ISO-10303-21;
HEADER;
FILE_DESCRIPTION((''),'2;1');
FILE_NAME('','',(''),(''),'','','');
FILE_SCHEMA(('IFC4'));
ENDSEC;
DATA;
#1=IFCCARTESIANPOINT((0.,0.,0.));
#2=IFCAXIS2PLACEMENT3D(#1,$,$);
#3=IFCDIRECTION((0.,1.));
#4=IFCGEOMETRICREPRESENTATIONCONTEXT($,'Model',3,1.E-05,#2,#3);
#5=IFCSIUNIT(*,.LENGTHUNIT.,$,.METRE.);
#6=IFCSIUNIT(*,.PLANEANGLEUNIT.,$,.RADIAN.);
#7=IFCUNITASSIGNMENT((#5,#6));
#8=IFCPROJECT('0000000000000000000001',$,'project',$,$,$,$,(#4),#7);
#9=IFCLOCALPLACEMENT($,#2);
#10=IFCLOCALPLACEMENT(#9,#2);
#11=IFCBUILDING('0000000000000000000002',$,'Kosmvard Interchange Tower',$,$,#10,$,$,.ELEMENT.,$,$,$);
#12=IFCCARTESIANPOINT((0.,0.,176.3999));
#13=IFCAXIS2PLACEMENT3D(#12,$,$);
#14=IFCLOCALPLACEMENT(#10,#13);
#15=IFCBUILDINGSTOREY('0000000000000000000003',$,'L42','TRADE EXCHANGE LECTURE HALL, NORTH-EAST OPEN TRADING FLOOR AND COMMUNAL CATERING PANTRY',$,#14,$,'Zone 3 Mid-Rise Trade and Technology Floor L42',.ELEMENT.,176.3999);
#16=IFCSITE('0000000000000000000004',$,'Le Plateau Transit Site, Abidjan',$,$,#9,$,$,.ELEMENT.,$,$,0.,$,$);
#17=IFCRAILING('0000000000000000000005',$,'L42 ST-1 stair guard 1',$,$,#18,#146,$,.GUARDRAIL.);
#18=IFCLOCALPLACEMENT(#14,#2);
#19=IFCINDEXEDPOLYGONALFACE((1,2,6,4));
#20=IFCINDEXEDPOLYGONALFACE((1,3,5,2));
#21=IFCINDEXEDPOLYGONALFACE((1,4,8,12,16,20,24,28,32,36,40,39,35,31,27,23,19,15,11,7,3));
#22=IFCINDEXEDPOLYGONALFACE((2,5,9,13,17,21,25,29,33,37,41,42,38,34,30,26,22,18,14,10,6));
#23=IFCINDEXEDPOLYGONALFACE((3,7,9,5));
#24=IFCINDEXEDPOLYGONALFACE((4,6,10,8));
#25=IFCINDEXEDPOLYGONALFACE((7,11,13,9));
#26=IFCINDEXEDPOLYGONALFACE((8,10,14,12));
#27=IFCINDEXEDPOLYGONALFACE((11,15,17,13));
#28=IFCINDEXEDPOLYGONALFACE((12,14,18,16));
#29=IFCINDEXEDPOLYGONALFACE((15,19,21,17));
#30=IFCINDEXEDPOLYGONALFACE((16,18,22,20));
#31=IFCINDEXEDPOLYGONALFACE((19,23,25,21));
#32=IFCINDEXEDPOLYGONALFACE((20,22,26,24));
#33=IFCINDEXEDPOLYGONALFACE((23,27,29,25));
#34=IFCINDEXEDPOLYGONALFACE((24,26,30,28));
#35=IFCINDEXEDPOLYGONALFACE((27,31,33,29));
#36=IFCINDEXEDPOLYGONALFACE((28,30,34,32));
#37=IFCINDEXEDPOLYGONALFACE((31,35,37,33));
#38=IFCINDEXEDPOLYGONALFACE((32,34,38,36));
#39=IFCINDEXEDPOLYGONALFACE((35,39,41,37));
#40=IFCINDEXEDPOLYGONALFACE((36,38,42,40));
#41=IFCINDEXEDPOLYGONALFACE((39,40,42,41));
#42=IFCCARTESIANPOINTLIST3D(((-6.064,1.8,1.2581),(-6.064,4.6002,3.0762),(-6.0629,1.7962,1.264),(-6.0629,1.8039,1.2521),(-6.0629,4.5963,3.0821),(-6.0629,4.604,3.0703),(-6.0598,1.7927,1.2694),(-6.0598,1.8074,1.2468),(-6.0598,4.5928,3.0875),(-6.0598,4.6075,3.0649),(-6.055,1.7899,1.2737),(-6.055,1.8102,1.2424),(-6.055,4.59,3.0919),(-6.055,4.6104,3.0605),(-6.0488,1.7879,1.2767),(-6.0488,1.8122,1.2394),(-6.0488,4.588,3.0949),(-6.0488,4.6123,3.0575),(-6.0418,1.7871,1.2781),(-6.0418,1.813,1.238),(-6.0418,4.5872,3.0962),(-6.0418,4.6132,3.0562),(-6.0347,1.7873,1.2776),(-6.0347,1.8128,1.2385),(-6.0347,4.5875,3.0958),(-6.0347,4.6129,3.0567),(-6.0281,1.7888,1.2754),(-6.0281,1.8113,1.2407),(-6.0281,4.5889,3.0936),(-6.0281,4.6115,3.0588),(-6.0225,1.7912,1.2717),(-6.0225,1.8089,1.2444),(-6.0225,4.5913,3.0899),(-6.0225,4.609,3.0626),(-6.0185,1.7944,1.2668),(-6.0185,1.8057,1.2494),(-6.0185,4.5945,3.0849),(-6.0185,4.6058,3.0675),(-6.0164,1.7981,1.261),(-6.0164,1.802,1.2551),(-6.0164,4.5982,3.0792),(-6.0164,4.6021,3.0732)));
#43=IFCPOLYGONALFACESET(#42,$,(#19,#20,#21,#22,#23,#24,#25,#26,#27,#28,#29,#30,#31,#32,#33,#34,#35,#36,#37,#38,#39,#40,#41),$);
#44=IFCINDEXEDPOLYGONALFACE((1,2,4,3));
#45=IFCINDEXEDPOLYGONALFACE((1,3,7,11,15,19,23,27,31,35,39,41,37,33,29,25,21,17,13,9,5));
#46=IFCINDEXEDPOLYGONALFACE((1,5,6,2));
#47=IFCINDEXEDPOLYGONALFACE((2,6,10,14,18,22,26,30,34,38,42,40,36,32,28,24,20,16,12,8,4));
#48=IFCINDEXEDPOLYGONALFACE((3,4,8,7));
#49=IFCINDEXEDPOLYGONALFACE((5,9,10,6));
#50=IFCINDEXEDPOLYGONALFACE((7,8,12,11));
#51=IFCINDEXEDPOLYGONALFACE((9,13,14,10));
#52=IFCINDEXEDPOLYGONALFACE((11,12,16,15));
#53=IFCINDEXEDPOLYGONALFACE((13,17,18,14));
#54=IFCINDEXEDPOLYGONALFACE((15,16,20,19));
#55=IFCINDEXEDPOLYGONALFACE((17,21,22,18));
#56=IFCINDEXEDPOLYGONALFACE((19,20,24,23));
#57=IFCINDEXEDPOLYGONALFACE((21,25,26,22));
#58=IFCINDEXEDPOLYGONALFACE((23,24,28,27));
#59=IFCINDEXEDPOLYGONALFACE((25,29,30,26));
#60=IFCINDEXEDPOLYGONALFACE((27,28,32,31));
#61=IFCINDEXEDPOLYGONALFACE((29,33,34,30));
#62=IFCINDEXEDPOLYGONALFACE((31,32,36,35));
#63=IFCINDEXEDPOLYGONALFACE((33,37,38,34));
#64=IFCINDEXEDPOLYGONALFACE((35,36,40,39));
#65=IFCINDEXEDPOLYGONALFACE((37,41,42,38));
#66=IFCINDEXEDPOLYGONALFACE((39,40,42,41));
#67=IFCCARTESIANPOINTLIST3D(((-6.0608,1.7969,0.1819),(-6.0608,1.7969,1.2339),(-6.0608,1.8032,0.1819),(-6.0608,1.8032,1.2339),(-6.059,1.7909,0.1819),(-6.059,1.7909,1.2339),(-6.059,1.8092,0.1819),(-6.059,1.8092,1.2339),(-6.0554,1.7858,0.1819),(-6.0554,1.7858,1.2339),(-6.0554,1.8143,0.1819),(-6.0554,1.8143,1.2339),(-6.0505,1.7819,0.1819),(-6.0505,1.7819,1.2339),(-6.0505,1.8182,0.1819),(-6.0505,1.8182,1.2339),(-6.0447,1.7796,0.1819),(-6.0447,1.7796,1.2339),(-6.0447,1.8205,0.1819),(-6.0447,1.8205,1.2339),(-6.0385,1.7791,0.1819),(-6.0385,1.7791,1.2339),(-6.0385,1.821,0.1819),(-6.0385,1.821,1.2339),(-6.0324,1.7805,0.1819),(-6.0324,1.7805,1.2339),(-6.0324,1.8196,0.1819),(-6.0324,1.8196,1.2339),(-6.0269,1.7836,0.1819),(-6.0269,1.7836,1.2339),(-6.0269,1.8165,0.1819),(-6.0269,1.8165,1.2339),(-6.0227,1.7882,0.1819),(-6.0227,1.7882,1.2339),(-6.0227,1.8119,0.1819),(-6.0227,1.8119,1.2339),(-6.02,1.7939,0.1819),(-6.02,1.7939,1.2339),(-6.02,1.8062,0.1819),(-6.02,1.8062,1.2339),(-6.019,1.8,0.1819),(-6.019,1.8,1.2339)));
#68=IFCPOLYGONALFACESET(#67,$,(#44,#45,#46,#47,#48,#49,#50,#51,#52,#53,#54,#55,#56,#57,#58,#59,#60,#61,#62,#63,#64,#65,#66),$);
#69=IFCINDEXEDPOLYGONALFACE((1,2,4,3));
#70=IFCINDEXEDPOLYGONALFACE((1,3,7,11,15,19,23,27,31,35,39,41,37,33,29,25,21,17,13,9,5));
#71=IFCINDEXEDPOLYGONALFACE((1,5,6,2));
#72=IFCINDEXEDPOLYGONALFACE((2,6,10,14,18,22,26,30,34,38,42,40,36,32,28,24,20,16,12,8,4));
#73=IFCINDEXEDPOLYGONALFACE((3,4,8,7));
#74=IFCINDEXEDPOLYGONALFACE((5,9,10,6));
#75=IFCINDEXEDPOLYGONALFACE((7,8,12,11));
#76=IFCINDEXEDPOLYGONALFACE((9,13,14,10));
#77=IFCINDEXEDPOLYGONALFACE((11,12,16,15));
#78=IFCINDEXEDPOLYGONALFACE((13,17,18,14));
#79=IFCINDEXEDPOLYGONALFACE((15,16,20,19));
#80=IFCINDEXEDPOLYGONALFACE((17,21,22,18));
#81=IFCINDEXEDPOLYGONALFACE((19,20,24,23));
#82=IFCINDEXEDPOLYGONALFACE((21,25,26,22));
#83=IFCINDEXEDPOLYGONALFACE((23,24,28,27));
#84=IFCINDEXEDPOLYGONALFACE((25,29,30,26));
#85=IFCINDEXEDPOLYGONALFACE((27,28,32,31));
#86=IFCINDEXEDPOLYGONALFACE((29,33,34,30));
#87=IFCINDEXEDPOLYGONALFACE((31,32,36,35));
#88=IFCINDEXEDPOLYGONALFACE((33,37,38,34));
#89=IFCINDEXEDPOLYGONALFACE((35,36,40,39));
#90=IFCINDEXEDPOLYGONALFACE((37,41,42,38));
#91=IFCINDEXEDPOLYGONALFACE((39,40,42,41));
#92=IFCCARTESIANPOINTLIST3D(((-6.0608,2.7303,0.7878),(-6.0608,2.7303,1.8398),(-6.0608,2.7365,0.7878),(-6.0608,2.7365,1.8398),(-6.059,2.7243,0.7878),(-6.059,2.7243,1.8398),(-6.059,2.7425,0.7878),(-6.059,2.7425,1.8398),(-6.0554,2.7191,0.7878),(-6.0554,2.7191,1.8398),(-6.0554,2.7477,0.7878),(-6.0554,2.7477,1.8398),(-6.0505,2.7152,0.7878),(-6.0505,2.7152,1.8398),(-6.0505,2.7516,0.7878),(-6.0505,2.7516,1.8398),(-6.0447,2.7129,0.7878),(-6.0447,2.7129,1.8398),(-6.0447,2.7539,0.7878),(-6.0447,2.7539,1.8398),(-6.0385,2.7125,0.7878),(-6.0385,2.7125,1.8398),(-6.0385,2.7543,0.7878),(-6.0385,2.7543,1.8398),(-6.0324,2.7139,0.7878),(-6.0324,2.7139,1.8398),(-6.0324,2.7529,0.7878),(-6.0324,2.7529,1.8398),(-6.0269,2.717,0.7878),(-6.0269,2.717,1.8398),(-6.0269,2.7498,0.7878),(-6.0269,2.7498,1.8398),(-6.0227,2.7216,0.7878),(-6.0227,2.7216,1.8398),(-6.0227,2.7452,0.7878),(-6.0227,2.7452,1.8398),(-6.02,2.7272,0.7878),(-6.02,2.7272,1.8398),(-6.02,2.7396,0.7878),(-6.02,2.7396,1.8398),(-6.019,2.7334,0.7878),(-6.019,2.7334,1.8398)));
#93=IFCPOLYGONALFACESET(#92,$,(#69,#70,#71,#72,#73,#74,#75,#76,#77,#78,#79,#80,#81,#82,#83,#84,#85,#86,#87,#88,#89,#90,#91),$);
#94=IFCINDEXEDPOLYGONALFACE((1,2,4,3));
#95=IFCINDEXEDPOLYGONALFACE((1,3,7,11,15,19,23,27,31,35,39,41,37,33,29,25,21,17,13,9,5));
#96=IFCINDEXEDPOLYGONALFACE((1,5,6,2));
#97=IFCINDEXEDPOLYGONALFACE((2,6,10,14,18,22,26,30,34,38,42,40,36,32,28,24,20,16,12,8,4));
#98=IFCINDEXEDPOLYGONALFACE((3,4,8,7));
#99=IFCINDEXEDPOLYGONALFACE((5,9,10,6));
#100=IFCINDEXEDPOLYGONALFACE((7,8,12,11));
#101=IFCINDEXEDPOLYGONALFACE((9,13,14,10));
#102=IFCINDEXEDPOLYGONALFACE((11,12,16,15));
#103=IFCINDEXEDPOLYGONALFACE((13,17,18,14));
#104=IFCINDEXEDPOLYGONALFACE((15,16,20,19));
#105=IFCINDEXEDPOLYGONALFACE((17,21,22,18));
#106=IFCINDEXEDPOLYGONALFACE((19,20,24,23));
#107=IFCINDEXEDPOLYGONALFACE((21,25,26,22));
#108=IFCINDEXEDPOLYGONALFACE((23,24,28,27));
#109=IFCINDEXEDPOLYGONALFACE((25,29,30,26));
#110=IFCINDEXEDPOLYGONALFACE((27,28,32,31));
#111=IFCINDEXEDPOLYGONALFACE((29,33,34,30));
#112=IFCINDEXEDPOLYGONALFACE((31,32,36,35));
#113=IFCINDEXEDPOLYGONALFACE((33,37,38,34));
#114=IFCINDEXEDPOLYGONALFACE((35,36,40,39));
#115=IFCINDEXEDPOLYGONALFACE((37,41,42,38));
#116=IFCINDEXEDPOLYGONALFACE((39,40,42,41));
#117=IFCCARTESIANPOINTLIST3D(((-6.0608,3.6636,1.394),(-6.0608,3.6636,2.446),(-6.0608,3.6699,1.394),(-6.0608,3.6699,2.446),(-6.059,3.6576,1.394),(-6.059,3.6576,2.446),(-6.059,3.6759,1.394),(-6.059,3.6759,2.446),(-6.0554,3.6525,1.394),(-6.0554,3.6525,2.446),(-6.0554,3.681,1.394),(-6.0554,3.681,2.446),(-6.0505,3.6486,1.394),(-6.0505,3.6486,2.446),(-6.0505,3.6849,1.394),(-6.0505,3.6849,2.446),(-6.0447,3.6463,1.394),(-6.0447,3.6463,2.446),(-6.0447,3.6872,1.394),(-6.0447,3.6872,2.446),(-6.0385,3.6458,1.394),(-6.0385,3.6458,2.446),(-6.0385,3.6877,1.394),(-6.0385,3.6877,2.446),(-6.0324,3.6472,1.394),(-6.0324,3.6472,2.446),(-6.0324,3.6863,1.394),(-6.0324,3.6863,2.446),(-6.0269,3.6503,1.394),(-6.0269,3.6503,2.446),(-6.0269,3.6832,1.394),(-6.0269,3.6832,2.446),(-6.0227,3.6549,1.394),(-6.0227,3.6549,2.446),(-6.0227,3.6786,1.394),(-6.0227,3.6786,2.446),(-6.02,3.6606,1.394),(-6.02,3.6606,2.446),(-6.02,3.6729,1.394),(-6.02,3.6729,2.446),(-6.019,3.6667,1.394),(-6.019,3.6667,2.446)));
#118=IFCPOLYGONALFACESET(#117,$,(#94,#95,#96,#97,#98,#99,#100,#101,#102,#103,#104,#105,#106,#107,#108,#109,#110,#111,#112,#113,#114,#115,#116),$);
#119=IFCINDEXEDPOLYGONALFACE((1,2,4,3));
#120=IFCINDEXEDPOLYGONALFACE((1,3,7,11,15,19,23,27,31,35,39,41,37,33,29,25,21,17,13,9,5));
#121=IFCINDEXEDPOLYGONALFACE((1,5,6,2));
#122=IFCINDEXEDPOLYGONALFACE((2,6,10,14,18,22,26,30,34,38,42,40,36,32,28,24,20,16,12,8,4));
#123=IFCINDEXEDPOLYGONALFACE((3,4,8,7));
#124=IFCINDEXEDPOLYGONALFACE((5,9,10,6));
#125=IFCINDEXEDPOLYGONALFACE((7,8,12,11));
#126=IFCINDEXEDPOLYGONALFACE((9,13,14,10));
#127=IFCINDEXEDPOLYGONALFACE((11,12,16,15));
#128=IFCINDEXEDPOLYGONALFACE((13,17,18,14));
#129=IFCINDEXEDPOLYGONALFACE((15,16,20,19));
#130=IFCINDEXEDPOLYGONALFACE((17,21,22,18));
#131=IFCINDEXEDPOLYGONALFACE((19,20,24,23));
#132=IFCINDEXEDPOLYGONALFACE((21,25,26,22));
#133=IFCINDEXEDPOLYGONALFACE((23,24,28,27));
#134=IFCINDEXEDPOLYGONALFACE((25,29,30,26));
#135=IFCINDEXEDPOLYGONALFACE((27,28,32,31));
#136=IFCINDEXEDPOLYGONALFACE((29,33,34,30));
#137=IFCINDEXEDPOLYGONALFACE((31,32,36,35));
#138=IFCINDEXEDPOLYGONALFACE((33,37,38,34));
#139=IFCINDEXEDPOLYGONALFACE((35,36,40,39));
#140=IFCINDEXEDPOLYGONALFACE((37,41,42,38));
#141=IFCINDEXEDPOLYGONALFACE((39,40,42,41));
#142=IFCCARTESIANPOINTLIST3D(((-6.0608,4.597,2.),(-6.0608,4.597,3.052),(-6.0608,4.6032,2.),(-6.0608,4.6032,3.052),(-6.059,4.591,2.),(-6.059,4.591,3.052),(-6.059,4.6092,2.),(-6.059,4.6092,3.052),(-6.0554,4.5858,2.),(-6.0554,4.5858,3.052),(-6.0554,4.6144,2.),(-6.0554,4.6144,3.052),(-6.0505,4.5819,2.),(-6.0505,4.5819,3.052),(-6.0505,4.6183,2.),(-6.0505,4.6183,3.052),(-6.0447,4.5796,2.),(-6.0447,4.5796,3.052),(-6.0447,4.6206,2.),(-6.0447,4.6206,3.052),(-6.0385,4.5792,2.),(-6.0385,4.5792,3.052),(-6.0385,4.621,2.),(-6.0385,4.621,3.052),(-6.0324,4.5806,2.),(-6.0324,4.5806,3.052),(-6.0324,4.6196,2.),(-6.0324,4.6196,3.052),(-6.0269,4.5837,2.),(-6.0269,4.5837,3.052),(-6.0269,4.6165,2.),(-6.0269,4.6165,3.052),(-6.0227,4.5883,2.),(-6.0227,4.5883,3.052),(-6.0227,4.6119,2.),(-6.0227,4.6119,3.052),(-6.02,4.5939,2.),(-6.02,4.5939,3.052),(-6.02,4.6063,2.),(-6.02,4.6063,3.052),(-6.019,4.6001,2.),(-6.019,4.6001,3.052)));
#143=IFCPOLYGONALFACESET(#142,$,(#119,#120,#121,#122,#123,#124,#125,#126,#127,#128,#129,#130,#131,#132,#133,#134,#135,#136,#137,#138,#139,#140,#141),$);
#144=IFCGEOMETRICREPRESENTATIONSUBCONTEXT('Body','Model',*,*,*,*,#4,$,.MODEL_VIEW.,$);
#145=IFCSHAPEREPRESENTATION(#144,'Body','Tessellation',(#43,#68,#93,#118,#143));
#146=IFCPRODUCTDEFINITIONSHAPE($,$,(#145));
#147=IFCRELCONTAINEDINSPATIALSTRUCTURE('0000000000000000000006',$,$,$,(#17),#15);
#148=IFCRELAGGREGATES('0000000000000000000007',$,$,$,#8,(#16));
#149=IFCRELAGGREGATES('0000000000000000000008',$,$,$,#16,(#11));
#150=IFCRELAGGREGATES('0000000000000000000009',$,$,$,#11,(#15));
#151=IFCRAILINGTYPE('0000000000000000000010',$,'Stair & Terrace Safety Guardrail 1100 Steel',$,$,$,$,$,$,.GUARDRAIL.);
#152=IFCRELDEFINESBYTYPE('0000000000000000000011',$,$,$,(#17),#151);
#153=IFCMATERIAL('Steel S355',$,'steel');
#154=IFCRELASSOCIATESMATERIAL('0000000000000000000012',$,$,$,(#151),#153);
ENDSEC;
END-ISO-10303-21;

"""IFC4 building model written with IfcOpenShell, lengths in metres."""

from ifc_helpers import new_model, si_unit, direction, frame, origin, origin_2d, place, context, subcontext, project, spatial, circle, extrude, source, transform, mapped, material, type_object, element, save


model = new_model("IFC4")

# Units and contexts
model_context = context("Model", 3, precision=1e-05, world=origin(), true_north=direction((0.0, 1.0)))
body_context = subcontext(model_context, "Body", "Model", "MODEL_VIEW")
ifc_project = project(units=[si_unit("LENGTHUNIT", "METRE"), si_unit("PLANEANGLEUNIT", "RADIAN")], contexts=[model_context])

# Site, building, storey
site_placement = place(None, origin())
site = spatial("IfcSite", under=ifc_project, at=site_placement, Name="Le Plateau Transit Site, Abidjan", CompositionType="ELEMENT", RefElevation=0.0)
building_placement = place(site_placement, origin())
building = spatial("IfcBuilding", under=site, at=building_placement, Name="Kosmvard Interchange Tower", CompositionType="ELEMENT")
storey_placement = place(building_placement, frame((0.0, 0.0, 176.3999)))
storey = spatial("IfcBuildingStorey", under=building, at=storey_placement, Name="L42", Description="TRADE EXCHANGE LECTURE HALL, NORTH-EAST OPEN TRADING FLOOR AND COMMUNAL CATERING PANTRY", LongName="Zone 3 Mid-Rise Trade and Technology Floor L42", CompositionType="ELEMENT", Elevation=176.3999)

# Shared definitions
ifc_material_1 = material(Name="Steel S355", Category="steel")

# Railing
railing_type_1 = type_object("IfcRailingType", Name="Stair & Terrace Safety Guardrail 1100 Steel", PredefinedType="GUARDRAIL", material=ifc_material_1)
shared_shape_1 = source(origin(), body_context, "Body", "SweptSolid", [
    extrude(circle(Radius=0.0239, at=origin_2d()), frame((0.0, 0.0, 1.0762), z_axis=(0.0, 0.838706, 0.544585), x_axis=(-1.0, 0.0, 0.0)), (0.0, 0.0, 1.0), 3.3386),
    extrude(circle(Radius=0.021, at=origin_2d()), origin(), (0.0, 0.0, 1.0), 1.052),
    extrude(circle(Radius=0.021, at=origin_2d()), frame((0.0, 0.9333, 0.606)), (0.0, 0.0, 1.0), 1.052),
    extrude(circle(Radius=0.021, at=origin_2d()), frame((0.0, 1.8667, 1.2122)), (0.0, 0.0, 1.0), 1.052),
    extrude(circle(Radius=0.021, at=origin_2d()), frame((0.0, 2.8, 1.8181)), (0.0, 0.0, 1.0), 1.052),
])
railing_1_placement = place(storey_placement, frame((-6.04, 1.8, 0.1819)))
element("IfcRailing", 1, at=railing_1_placement, inside=storey, type_object=railing_type_1, Name="L42 ST-1 stair guard 1", PredefinedType="GUARDRAIL", context=body_context, shape_type="MappedRepresentation", body=[
    mapped(shared_shape_1, transform((0.0, 0.0, 0.0), scale=1.0)),
])

save(model, "model.ifc")
